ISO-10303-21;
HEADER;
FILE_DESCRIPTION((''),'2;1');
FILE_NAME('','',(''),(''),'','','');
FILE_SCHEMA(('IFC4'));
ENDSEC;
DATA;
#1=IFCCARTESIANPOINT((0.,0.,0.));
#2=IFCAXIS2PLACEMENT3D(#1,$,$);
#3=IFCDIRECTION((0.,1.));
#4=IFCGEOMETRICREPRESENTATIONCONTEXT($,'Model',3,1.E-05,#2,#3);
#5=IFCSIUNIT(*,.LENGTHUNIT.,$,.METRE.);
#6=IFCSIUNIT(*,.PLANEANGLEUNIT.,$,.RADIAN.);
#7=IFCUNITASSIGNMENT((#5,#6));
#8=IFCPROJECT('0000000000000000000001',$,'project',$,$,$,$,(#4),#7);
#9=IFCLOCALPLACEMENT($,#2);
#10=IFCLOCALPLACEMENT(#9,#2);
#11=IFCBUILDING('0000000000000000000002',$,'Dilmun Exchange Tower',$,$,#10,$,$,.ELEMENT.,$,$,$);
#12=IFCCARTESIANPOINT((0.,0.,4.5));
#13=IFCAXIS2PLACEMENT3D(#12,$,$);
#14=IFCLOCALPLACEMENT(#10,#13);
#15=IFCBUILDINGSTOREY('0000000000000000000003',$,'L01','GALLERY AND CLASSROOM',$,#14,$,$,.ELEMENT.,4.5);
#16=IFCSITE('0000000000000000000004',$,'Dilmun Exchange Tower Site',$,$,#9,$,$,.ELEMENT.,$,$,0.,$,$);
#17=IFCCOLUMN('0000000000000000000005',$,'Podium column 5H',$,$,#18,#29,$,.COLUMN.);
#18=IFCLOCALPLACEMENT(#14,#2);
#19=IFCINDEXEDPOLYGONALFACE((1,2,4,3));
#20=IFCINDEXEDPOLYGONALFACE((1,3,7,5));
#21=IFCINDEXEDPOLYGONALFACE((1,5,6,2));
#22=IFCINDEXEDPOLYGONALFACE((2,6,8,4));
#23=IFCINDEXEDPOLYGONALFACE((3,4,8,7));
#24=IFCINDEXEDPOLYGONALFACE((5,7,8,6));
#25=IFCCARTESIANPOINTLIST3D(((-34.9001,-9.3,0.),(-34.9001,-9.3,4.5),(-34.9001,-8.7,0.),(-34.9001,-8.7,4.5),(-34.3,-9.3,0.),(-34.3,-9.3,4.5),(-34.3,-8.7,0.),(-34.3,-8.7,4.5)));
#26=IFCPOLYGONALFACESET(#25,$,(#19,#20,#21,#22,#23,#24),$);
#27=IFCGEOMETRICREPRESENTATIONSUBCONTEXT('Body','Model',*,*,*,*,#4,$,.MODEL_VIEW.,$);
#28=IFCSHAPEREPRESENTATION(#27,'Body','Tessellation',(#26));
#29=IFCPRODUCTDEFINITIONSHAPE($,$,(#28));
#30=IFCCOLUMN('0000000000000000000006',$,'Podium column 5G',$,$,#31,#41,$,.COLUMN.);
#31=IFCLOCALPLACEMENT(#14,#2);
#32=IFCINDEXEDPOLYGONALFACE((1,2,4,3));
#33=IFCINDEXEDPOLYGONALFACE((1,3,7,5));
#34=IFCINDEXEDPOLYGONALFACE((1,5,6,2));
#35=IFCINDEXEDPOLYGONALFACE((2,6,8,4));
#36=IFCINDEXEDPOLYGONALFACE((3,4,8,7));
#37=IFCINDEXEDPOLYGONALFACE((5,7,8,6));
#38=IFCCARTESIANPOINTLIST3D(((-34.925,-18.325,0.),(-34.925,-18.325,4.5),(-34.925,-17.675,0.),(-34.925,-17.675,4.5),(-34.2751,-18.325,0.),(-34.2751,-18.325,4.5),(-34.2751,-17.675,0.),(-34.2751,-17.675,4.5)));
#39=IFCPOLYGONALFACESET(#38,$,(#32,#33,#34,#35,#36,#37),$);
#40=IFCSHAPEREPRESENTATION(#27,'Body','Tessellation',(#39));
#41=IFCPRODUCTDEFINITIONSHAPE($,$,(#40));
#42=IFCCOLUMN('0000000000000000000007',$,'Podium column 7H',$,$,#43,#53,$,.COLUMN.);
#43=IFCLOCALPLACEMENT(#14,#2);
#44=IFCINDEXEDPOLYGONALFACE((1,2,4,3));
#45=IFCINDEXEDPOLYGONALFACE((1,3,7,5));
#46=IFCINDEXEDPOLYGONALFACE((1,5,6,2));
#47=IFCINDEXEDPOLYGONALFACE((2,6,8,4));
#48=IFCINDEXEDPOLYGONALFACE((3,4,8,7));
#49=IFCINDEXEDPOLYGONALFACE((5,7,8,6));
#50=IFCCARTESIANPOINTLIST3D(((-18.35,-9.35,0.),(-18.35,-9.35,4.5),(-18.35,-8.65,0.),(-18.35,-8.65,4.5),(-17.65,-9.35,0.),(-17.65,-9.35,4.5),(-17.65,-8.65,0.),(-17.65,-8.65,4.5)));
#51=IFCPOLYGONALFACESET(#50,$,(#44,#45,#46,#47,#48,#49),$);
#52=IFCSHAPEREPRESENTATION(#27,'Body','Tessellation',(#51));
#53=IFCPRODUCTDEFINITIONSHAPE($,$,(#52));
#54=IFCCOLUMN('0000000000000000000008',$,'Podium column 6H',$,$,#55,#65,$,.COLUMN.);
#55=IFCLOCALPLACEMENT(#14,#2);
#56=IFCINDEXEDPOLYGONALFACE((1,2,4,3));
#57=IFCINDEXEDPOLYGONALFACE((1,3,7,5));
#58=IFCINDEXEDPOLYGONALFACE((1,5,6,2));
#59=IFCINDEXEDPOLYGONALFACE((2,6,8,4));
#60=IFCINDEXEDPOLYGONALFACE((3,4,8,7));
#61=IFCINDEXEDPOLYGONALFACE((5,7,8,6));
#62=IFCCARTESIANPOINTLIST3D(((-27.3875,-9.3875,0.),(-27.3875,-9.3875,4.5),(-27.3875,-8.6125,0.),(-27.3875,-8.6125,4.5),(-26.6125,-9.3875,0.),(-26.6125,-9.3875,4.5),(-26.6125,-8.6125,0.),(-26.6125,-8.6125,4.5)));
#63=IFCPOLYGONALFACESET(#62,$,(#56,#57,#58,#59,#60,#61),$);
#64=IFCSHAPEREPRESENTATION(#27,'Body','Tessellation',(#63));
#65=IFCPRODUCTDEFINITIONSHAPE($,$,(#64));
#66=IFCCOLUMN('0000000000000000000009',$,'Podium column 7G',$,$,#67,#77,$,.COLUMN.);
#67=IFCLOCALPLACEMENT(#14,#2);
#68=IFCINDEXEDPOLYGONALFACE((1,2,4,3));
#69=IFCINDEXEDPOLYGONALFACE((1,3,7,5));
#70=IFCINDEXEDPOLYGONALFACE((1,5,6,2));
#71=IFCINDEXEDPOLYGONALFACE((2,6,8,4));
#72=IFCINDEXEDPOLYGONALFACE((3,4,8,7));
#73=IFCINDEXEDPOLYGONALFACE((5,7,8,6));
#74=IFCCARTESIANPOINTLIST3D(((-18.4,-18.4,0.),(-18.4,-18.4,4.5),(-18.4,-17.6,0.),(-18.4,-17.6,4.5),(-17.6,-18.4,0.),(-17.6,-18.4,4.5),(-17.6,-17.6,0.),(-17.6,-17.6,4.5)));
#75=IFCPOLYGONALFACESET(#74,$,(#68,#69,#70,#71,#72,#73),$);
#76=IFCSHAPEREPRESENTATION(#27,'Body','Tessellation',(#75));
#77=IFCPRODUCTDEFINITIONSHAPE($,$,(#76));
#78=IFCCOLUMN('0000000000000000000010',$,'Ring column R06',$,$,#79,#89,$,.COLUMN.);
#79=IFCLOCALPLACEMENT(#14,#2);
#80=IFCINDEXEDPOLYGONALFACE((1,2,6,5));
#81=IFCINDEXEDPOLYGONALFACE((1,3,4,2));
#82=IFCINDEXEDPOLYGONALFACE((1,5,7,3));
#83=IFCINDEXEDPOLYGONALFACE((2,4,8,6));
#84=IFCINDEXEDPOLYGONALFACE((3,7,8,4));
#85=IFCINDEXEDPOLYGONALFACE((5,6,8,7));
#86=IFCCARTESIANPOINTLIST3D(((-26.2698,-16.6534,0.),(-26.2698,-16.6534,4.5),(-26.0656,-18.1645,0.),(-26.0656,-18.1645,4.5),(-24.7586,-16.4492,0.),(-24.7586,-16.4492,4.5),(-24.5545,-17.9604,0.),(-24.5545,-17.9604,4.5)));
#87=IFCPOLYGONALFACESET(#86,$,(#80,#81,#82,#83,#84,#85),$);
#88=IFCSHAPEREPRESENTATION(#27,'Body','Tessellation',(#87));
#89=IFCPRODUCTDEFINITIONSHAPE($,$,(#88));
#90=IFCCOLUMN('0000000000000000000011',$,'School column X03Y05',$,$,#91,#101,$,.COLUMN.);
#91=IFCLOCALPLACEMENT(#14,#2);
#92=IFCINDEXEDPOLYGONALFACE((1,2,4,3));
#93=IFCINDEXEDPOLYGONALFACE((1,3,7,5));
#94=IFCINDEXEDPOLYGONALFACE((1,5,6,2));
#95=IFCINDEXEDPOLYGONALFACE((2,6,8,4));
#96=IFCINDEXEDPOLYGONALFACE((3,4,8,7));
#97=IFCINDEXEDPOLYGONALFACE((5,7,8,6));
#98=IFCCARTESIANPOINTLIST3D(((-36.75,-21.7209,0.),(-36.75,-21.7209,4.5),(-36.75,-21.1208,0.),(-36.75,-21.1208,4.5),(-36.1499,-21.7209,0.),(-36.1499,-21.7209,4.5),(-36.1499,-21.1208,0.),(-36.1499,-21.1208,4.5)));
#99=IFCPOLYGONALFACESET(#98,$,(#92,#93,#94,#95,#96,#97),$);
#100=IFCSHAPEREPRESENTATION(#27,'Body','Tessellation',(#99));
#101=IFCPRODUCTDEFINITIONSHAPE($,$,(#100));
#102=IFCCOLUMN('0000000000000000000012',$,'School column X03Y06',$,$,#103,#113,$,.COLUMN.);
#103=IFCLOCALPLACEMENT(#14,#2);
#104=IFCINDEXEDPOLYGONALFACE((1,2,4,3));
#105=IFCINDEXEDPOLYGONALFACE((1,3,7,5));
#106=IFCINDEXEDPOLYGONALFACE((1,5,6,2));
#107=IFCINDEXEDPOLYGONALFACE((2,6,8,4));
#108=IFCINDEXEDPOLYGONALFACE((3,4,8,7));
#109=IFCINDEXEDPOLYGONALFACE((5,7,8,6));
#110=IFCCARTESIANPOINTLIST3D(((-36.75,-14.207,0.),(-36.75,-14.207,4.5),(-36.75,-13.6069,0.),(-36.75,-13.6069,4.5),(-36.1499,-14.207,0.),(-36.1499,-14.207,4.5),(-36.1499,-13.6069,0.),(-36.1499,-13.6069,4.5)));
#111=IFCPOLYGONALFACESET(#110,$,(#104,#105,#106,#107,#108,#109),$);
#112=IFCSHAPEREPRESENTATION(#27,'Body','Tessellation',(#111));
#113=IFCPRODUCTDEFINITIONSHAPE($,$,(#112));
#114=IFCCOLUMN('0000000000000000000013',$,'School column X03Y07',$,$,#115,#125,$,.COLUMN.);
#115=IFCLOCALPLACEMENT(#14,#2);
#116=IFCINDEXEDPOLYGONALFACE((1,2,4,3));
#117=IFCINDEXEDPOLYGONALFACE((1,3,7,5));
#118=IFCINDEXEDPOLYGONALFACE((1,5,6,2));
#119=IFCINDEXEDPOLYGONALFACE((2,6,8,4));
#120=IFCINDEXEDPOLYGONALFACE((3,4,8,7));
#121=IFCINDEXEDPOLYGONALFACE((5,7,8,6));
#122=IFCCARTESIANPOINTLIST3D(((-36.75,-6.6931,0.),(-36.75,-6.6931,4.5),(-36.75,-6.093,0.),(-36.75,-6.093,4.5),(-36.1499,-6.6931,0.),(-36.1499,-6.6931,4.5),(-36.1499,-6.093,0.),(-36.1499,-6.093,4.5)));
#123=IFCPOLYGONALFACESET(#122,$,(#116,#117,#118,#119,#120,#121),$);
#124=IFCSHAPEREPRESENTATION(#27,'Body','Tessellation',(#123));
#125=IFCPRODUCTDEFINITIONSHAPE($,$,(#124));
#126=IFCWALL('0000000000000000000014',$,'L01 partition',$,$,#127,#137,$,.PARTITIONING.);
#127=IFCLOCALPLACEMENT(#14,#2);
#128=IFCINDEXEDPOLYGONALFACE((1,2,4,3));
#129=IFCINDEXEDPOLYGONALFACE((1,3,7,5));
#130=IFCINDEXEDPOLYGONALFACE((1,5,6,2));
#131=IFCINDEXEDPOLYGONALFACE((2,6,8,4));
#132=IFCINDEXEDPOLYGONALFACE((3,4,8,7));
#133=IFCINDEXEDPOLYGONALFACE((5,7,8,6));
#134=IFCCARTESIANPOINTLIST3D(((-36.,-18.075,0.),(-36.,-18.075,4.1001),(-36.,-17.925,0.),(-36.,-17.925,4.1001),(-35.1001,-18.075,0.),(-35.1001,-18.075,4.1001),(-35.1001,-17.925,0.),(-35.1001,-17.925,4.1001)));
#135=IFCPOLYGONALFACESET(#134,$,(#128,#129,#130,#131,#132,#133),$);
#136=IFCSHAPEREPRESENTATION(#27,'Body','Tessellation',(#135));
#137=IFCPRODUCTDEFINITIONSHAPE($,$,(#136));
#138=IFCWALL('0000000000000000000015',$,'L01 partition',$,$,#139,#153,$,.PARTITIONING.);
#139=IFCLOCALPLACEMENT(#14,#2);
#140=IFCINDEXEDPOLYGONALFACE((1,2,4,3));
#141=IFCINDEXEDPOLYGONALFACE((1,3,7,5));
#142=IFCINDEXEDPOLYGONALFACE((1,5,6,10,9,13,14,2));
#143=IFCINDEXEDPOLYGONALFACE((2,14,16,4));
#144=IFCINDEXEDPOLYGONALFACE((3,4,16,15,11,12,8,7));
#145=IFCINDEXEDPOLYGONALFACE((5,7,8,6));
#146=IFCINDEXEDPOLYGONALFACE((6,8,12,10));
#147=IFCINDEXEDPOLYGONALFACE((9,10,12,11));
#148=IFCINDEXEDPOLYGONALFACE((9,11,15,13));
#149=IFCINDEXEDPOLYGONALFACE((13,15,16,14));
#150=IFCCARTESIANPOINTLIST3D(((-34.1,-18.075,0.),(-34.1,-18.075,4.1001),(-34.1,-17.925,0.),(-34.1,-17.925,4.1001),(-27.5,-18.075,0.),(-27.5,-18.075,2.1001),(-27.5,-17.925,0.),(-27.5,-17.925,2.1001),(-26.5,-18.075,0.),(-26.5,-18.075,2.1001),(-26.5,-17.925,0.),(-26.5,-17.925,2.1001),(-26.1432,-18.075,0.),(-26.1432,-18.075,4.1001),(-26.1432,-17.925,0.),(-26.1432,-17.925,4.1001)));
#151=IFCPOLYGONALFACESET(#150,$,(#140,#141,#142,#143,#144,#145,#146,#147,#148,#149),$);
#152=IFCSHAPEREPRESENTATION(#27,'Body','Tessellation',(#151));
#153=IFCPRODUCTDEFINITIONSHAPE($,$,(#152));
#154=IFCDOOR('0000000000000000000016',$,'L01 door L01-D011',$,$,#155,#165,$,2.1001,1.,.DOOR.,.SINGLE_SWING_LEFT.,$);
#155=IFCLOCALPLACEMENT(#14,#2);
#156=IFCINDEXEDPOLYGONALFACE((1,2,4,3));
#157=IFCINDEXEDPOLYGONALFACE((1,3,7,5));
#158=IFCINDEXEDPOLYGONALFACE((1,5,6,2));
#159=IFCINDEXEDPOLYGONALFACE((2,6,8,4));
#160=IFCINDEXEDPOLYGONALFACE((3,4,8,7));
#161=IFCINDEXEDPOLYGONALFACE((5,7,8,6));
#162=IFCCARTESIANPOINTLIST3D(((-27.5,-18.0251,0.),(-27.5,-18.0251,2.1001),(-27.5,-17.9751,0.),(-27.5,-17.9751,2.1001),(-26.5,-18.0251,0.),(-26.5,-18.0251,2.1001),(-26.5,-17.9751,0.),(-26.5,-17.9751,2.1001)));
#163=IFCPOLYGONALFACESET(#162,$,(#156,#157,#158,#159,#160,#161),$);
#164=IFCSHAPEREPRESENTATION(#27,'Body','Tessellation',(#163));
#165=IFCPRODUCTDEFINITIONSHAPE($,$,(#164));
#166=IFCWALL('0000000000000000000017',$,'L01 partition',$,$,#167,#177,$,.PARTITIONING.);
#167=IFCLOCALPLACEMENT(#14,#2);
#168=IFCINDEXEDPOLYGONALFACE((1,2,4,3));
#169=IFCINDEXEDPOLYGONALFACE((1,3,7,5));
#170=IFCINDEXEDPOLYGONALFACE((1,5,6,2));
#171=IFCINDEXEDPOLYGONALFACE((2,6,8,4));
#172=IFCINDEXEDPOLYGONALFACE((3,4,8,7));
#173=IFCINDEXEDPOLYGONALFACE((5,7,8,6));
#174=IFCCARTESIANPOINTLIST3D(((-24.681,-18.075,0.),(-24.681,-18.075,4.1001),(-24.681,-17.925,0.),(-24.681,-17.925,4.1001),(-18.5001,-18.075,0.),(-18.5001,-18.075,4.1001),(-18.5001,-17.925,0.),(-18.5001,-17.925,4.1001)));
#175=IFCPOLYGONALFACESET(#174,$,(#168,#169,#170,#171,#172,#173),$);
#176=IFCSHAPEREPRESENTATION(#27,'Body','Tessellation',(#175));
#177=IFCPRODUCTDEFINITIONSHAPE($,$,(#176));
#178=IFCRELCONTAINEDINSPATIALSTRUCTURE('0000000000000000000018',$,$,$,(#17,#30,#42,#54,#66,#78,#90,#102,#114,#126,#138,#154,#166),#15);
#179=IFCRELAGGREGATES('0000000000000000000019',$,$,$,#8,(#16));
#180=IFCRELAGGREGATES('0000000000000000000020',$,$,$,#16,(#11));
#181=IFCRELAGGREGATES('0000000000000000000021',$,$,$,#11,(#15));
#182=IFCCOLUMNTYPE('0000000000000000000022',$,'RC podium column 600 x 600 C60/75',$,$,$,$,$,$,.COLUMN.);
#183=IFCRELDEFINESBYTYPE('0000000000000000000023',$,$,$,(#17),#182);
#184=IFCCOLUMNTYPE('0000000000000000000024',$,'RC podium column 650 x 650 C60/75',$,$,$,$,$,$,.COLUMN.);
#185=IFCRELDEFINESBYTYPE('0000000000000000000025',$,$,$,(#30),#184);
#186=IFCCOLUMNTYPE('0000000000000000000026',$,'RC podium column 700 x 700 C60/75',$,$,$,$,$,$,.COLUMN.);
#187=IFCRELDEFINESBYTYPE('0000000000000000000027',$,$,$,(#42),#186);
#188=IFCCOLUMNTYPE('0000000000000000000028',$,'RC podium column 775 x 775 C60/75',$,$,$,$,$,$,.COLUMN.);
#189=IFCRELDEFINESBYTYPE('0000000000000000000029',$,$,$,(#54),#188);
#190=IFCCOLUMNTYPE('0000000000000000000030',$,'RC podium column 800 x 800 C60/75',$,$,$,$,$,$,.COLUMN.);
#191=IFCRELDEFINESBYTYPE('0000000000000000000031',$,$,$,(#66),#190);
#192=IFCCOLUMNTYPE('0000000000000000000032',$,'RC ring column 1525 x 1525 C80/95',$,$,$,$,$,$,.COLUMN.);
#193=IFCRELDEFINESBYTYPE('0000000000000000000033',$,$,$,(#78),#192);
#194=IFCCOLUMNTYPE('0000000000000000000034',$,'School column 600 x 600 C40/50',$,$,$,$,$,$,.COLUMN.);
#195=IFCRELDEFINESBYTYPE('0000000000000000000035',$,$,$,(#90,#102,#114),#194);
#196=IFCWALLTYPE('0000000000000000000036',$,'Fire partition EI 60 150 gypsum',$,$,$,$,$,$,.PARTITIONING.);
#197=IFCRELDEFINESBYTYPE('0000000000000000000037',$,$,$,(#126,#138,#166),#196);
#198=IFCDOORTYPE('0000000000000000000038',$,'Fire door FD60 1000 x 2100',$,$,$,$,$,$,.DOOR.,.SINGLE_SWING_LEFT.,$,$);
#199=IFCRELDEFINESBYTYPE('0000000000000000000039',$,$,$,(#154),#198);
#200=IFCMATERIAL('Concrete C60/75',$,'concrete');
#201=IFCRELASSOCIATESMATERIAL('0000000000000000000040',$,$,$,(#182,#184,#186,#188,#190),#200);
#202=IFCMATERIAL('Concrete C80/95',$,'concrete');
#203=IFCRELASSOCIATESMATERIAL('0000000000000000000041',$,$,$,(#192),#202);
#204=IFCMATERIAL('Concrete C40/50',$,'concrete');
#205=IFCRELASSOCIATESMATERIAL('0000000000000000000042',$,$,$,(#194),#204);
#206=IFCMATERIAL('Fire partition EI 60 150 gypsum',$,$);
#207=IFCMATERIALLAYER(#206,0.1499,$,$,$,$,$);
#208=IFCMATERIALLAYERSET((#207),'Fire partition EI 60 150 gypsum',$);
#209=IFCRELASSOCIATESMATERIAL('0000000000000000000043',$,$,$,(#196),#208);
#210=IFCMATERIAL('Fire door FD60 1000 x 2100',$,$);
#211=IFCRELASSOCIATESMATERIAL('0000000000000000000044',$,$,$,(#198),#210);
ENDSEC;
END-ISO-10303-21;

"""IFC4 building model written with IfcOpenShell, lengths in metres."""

from ifc_helpers import new_model, si_unit, direction, frame, frame_2d, origin, origin_2d, place, context, subcontext, project, spatial, rectangle, extrude, material, layer, layer_set, material_profile, profile_set, type_object, element, fill, save


model = new_model("IFC4")

# Units and contexts
model_context = context("Model", 3, precision=1e-05, world=origin(), true_north=direction((0.0, 1.0)))
body_context = subcontext(model_context, "Body", "Model", "MODEL_VIEW")
ifc_project = project(units=[si_unit("LENGTHUNIT", "METRE"), si_unit("PLANEANGLEUNIT", "RADIAN")], contexts=[model_context])

# Site, building, storey
site_placement = place(None, origin())
site = spatial("IfcSite", under=ifc_project, at=site_placement, Name="Dilmun Exchange Tower Site", CompositionType="ELEMENT", RefElevation=0.0)
building_placement = place(site_placement, origin())
building = spatial("IfcBuilding", under=site, at=building_placement, Name="Dilmun Exchange Tower", CompositionType="ELEMENT")
storey_placement = place(building_placement, frame((0.0, 0.0, 4.5)))
storey = spatial("IfcBuildingStorey", under=building, at=storey_placement, Name="L01", Description="GALLERY AND CLASSROOM", CompositionType="ELEMENT", Elevation=4.5)

# Columns
ifc_material_1 = material(Name="Concrete C60/75", Category="concrete")
ifc_material_profile_1 = material_profile(ifc_material_1, rectangle(XDim=0.6001, YDim=0.6001, at=origin_2d()), Name="600 x 600")
ifc_profile_set_1 = profile_set([ifc_material_profile_1], Name="Concrete C60/75")
column_type_1 = type_object("IfcColumnType", Name="RC podium column 600 x 600 C60/75", PredefinedType="COLUMN", material=ifc_profile_set_1)
column_1_placement = place(storey_placement, frame((-34.6001, -9.0, 0.0), z_axis=(0.0, 0.0, 1.0), x_axis=(1.0, 0.0, 0.0)))
element("IfcColumn", 1, at=column_1_placement, inside=storey, type_object=column_type_1, Name="Podium column 5H", PredefinedType="COLUMN", context=body_context, shape_type="SweptSolid", body=[
    extrude(rectangle(XDim=0.6001, YDim=0.6001, at=origin_2d()), origin(), (0.0, 0.0, 1.0), 4.5),
])
ifc_material_profile_2 = material_profile(ifc_material_1, rectangle(XDim=0.6499, YDim=0.6499, at=origin_2d()), Name="650 x 650")
ifc_profile_set_2 = profile_set([ifc_material_profile_2], Name="Concrete C60/75")
column_type_2 = type_object("IfcColumnType", Name="RC podium column 650 x 650 C60/75", PredefinedType="COLUMN", material=ifc_profile_set_2)
column_2_placement = place(storey_placement, frame((-34.6001, -18.0, 0.0), z_axis=(0.0, 0.0, 1.0), x_axis=(1.0, 0.0, 0.0)))
element("IfcColumn", 2, at=column_2_placement, inside=storey, type_object=column_type_2, Name="Podium column 5G", PredefinedType="COLUMN", context=body_context, shape_type="SweptSolid", body=[
    extrude(rectangle(XDim=0.6499, YDim=0.6499, at=origin_2d()), origin(), (0.0, 0.0, 1.0), 4.5),
])
ifc_material_profile_3 = material_profile(ifc_material_1, rectangle(XDim=0.7, YDim=0.7, at=origin_2d()), Name="700 x 700")
ifc_profile_set_3 = profile_set([ifc_material_profile_3], Name="Concrete C60/75")
column_type_3 = type_object("IfcColumnType", Name="RC podium column 700 x 700 C60/75", PredefinedType="COLUMN", material=ifc_profile_set_3)
column_3_placement = place(storey_placement, frame((-18.0, -9.0, 0.0), z_axis=(0.0, 0.0, 1.0), x_axis=(1.0, 0.0, 0.0)))
element("IfcColumn", 3, at=column_3_placement, inside=storey, type_object=column_type_3, Name="Podium column 7H", PredefinedType="COLUMN", context=body_context, shape_type="SweptSolid", body=[
    extrude(rectangle(XDim=0.7, YDim=0.7, at=origin_2d()), origin(), (0.0, 0.0, 1.0), 4.5),
])
ifc_material_profile_4 = material_profile(ifc_material_1, rectangle(XDim=0.7749, YDim=0.7749, at=origin_2d()), Name="775 x 775")
ifc_profile_set_4 = profile_set([ifc_material_profile_4], Name="Concrete C60/75")
column_type_4 = type_object("IfcColumnType", Name="RC podium column 775 x 775 C60/75", PredefinedType="COLUMN", material=ifc_profile_set_4)
column_4_placement = place(storey_placement, frame((-27.0, -9.0, 0.0), z_axis=(0.0, 0.0, 1.0), x_axis=(1.0, 0.0, 0.0)))
element("IfcColumn", 4, at=column_4_placement, inside=storey, type_object=column_type_4, Name="Podium column 6H", PredefinedType="COLUMN", context=body_context, shape_type="SweptSolid", body=[
    extrude(rectangle(XDim=0.7749, YDim=0.7749, at=origin_2d()), origin(), (0.0, 0.0, 1.0), 4.5),
])
ifc_material_profile_5 = material_profile(ifc_material_1, rectangle(XDim=0.8, YDim=0.8, at=origin_2d()), Name="800 x 800")
ifc_profile_set_5 = profile_set([ifc_material_profile_5], Name="Concrete C60/75")
column_type_5 = type_object("IfcColumnType", Name="RC podium column 800 x 800 C60/75", PredefinedType="COLUMN", material=ifc_profile_set_5)
column_5_placement = place(storey_placement, frame((-18.0, -18.0, 0.0), z_axis=(0.0, 0.0, 1.0), x_axis=(1.0, 0.0, 0.0)))
element("IfcColumn", 5, at=column_5_placement, inside=storey, type_object=column_type_5, Name="Podium column 7G", PredefinedType="COLUMN", context=body_context, shape_type="SweptSolid", body=[
    extrude(rectangle(XDim=0.8, YDim=0.8, at=origin_2d()), origin(), (0.0, 0.0, 1.0), 4.5),
])
ifc_material_2 = material(Name="Concrete C80/95", Category="concrete")
ifc_material_profile_6 = material_profile(ifc_material_2, rectangle(XDim=1.5249, YDim=1.5249, at=origin_2d()), Name="1525 x 1525")
ifc_profile_set_6 = profile_set([ifc_material_profile_6], Name="Concrete C80/95")
column_type_6 = type_object("IfcColumnType", Name="RC ring column 1525 x 1525 C80/95", PredefinedType="COLUMN", material=ifc_profile_set_6)
column_6_placement = place(storey_placement, frame((-25.4121, -17.3069, 0.0), z_axis=(0.0, 0.0, 1.0), x_axis=(0.991001, 0.133853, 0.0)))
element("IfcColumn", 6, at=column_6_placement, inside=storey, type_object=column_type_6, Name="Ring column R06", PredefinedType="COLUMN", context=body_context, shape_type="SweptSolid", body=[
    extrude(rectangle(XDim=1.5249, YDim=1.5249, at=origin_2d()), origin(), (0.0, 0.0, 1.0), 4.5),
])
ifc_material_3 = material(Name="Concrete C40/50", Category="concrete")
ifc_material_profile_7 = material_profile(ifc_material_3, rectangle(XDim=0.6001, YDim=0.6001, at=origin_2d()), Name="600 x 600")
ifc_profile_set_7 = profile_set([ifc_material_profile_7], Name="Concrete C40/50")
column_type_7 = type_object("IfcColumnType", Name="School column 600 x 600 C40/50", PredefinedType="COLUMN", material=ifc_profile_set_7)
for number, where, z_axis, x_axis, name in (
    (7, (-36.45, -21.4209, 0.0), (0.0, 0.0, 1.0), (1.0, 0.0, 0.0), "School column X03Y05"),
    (8, (-36.45, -13.907, 0.0), (0.0, 0.0, 1.0), (1.0, 0.0, 0.0), "School column X03Y06"),
    (9, (-36.45, -6.3931, 0.0), (0.0, 0.0, 1.0), (1.0, 0.0, 0.0), "School column X03Y07"),
):
    element("IfcColumn", number, at=place(storey_placement, frame(where, z_axis=z_axis, x_axis=x_axis)), inside=storey, type_object=column_type_7, Name=name, PredefinedType="COLUMN", context=body_context, shape_type="SweptSolid", body=[
        extrude(rectangle(XDim=0.6001, YDim=0.6001, at=origin_2d()), origin(), (0.0, 0.0, 1.0), 4.5),
    ])

# Wall
ifc_material_4 = material(Name="Fire partition EI 60 150 gypsum")
ifc_layer_1 = layer(ifc_material_4, 0.1499)
ifc_layer_set_1 = layer_set([ifc_layer_1], Name="Fire partition EI 60 150 gypsum")
wall_type_1 = type_object("IfcWallType", Name="Fire partition EI 60 150 gypsum", PredefinedType="PARTITIONING", material=ifc_layer_set_1)
wall_1_placement = place(storey_placement, frame((-36.0, -18.0, 0.0), z_axis=(0.0, 0.0, 1.0), x_axis=(1.0, 0.0, 0.0)))
element("IfcWall", 10, at=wall_1_placement, inside=storey, type_object=wall_type_1, Name="L01 partition", PredefinedType="PARTITIONING", context=body_context, shape_type="SweptSolid", body=[
    extrude(rectangle(XDim=0.8999, YDim=0.1499, at=frame_2d((0.45, 0.0))), origin(), (0.0, 0.0, 1.0), 4.1001),
])

# Wall, opening, door
wall_2_placement = place(storey_placement, frame((-34.1001, -18.0, 0.0), z_axis=(0.0, 0.0, 1.0), x_axis=(1.0, 0.0, 0.0)))
wall_2 = element("IfcWall", 11, at=wall_2_placement, inside=storey, type_object=wall_type_1, Name="L01 partition", PredefinedType="PARTITIONING", context=body_context, shape_type="SweptSolid", body=[
    extrude(rectangle(XDim=7.9568, YDim=0.1499, at=frame_2d((3.9785, 0.0))), origin(), (0.0, 0.0, 1.0), 4.1001),
])
opening_1_placement = place(wall_2_placement, frame((6.6001, 0.0, 0.0)))
opening_1 = element("IfcOpeningElement", 12, at=opening_1_placement, cuts=wall_2, PredefinedType="OPENING", context=body_context, shape_type="SweptSolid", body=[
    extrude(rectangle(XDim=1.0, YDim=2.1001, at=frame_2d((0.5, 1.05))), frame((0.0, 0.085, 0.0), z_axis=(0.0, -1.0, 0.0), x_axis=(1.0, 0.0, 0.0)), (0.0, 0.0, 1.0), 0.1699),
])
ifc_material_5 = material(Name="Fire door FD60 1000 x 2100")
door_type = type_object("IfcDoorType", Name="Fire door FD60 1000 x 2100", OperationType="SINGLE_SWING_LEFT", PredefinedType="DOOR", material=ifc_material_5)
door_1_placement = place(opening_1_placement, origin())
door_1 = element("IfcDoor", 13, at=door_1_placement, inside=storey, type_object=door_type, Name="L01 door L01-D011", OperationType="SINGLE_SWING_LEFT", OverallHeight=2.1001, OverallWidth=1.0, PredefinedType="DOOR", context=body_context, shape_type="SweptSolid", body=[
    extrude(rectangle(XDim=1.0, YDim=2.1001, at=frame_2d((0.5, 1.05))), frame((0.0, 0.0249, 0.0), z_axis=(0.0, -1.0, 0.0), x_axis=(1.0, 0.0, 0.0)), (0.0, 0.0, 1.0), 0.05),
])
fill(opening_1, door_1)

# Wall
wall_3_placement = place(storey_placement, frame((-24.6809, -18.0, 0.0), z_axis=(0.0, 0.0, 1.0), x_axis=(1.0, 0.0, 0.0)))
element("IfcWall", 14, at=wall_3_placement, inside=storey, type_object=wall_type_1, Name="L01 partition", PredefinedType="PARTITIONING", context=body_context, shape_type="SweptSolid", body=[
    extrude(rectangle(XDim=6.1809, YDim=0.1499, at=frame_2d((3.0903, 0.0))), origin(), (0.0, 0.0, 1.0), 4.1001),
])

save(model, "model.ifc")
